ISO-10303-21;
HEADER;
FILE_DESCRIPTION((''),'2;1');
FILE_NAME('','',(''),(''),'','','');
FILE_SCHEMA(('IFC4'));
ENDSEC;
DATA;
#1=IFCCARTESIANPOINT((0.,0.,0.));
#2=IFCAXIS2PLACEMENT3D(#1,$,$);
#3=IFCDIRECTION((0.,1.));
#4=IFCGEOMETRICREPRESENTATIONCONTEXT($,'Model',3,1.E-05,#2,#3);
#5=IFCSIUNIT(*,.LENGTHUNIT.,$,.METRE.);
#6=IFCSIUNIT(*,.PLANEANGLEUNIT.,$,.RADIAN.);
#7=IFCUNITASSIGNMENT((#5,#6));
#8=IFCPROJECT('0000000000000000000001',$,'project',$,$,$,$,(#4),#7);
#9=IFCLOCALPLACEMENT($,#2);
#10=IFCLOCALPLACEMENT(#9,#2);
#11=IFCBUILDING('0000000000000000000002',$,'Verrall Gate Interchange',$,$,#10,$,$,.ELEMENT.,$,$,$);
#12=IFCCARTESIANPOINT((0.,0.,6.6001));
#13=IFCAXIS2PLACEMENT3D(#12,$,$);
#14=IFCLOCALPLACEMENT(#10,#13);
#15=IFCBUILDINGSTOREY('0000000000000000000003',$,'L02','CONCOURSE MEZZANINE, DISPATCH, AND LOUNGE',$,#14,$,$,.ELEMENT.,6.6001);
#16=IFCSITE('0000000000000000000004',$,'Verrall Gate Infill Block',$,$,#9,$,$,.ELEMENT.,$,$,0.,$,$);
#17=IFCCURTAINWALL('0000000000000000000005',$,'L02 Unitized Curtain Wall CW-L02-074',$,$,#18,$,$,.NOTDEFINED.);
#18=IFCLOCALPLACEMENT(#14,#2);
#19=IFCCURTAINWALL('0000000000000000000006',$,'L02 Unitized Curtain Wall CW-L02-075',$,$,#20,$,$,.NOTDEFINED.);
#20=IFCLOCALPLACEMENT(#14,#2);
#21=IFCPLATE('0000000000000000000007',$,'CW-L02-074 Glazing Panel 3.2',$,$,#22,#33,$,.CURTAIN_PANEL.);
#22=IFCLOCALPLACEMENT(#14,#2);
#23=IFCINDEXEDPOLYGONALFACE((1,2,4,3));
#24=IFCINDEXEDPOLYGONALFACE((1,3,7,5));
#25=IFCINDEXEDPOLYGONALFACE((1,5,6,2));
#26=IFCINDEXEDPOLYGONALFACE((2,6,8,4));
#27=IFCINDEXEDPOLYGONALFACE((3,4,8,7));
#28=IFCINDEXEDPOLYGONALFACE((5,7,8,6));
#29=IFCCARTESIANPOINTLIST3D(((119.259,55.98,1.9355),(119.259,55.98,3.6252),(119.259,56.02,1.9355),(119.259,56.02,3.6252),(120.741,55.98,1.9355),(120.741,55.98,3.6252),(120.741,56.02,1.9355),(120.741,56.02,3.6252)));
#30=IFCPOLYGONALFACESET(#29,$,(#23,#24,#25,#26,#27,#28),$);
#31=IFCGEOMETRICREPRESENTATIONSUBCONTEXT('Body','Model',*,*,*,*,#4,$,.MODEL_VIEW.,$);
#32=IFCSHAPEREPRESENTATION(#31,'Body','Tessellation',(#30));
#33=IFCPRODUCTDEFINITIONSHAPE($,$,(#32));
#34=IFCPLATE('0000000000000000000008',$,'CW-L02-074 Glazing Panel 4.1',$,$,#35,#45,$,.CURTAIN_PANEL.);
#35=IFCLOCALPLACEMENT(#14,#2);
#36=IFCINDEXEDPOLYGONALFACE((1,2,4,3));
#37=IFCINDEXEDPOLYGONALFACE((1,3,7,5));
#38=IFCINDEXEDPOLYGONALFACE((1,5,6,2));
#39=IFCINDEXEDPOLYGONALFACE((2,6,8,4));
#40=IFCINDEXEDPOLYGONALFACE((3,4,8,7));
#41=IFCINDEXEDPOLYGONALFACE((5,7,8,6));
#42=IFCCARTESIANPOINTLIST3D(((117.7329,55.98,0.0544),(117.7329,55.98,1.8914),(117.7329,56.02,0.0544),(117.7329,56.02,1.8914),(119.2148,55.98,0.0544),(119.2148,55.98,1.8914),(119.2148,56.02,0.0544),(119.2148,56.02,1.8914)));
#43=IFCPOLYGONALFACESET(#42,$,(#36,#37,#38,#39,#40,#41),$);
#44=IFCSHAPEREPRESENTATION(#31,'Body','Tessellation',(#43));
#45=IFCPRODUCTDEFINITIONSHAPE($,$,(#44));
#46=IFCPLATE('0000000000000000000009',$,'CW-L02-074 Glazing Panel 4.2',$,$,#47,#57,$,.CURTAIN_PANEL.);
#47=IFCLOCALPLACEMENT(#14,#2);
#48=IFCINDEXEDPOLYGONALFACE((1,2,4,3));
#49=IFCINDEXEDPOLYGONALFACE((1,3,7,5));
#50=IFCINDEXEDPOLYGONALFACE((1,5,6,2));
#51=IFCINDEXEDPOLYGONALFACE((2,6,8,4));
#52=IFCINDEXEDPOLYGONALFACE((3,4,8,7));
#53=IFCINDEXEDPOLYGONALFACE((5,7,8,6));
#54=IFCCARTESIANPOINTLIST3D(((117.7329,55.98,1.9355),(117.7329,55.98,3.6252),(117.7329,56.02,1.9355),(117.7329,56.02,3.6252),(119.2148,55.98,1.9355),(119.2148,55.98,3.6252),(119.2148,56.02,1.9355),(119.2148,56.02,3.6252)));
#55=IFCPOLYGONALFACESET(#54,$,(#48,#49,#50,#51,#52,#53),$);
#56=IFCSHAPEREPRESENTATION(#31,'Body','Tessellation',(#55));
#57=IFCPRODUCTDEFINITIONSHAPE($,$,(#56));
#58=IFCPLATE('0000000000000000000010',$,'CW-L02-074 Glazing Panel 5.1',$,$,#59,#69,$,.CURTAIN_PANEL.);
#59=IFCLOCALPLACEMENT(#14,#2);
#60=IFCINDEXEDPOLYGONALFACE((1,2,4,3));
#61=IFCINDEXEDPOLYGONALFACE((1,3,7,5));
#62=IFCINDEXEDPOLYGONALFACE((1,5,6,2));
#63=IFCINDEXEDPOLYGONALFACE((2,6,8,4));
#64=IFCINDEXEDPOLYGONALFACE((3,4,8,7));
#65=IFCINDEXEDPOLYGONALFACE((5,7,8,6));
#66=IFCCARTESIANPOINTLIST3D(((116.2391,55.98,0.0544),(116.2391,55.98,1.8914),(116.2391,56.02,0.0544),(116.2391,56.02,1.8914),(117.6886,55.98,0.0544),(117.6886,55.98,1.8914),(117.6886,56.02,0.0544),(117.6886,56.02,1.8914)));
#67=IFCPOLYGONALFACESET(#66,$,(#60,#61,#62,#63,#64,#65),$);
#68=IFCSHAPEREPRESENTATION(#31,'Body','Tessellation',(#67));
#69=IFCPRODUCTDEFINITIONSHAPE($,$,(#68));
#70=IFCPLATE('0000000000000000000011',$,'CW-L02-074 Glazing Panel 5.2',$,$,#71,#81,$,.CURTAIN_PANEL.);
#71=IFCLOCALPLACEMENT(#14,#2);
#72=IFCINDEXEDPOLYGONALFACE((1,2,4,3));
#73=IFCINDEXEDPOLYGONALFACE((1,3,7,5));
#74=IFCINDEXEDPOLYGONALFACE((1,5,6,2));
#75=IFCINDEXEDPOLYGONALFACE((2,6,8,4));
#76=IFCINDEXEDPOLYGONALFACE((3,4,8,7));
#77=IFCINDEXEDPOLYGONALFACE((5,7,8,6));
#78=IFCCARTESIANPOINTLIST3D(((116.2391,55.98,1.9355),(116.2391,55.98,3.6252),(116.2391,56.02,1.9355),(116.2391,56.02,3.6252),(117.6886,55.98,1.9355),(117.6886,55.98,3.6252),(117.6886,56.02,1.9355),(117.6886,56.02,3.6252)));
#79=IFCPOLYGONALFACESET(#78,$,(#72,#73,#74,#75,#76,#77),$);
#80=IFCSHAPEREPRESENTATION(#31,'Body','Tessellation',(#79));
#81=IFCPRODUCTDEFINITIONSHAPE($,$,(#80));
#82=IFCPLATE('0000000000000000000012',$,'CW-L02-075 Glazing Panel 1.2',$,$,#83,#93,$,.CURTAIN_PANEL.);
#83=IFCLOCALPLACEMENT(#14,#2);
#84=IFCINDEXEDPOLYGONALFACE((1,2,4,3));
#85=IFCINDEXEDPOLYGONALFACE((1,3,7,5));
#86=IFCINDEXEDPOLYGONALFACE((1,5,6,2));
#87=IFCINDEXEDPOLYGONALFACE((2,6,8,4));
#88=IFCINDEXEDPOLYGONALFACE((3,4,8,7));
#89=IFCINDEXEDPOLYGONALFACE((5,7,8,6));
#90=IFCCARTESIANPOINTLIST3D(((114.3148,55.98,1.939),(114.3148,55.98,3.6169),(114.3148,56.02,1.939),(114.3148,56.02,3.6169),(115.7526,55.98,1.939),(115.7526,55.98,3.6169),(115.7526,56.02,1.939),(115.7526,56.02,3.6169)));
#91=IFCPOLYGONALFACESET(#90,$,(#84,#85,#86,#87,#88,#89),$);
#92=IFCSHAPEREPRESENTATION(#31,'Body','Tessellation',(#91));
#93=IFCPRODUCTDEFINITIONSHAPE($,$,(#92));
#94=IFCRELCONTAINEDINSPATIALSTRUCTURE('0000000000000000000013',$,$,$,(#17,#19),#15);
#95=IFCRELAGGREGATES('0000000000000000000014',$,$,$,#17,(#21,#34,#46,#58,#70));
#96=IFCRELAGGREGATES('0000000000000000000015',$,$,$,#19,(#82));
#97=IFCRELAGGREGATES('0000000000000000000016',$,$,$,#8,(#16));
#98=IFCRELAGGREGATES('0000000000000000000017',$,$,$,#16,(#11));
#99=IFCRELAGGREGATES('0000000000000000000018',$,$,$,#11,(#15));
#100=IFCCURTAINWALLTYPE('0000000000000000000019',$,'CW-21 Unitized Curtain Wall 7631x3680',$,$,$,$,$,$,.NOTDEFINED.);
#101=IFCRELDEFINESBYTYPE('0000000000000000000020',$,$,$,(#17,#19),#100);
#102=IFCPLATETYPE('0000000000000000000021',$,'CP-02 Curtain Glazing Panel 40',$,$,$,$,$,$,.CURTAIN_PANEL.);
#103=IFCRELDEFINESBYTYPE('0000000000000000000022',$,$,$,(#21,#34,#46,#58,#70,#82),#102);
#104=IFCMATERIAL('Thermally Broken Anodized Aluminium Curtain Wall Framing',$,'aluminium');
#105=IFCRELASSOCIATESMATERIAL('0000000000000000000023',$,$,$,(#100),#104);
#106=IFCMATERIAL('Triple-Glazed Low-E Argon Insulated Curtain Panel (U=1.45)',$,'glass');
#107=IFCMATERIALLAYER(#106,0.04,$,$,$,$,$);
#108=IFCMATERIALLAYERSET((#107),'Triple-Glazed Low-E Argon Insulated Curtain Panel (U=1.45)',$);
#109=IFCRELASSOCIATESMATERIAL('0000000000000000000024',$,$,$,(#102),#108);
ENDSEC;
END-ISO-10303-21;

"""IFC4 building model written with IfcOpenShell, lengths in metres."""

from ifc_helpers import new_model, si_unit, direction, frame, origin, origin_2d, place, context, subcontext, project, spatial, rectangle, extrude, material, layer, layer_set, type_object, element, aggregate, save


model = new_model("IFC4")

# Units and contexts
model_context = context("Model", 3, precision=1e-05, world=origin(), true_north=direction((0.0, 1.0)))
body_context = subcontext(model_context, "Body", "Model", "MODEL_VIEW")
ifc_project = project(units=[si_unit("LENGTHUNIT", "METRE"), si_unit("PLANEANGLEUNIT", "RADIAN")], contexts=[model_context])

# Site, building, storey
site_placement = place(None, origin())
site = spatial("IfcSite", under=ifc_project, at=site_placement, Name="Verrall Gate Infill Block", CompositionType="ELEMENT", RefElevation=0.0)
building_placement = place(site_placement, origin())
building = spatial("IfcBuilding", under=site, at=building_placement, Name="Verrall Gate Interchange", CompositionType="ELEMENT")
storey_placement = place(building_placement, frame((0.0, 0.0, 6.6001)))
storey = spatial("IfcBuildingStorey", under=building, at=storey_placement, Name="L02", Description="CONCOURSE MEZZANINE, DISPATCH, AND LOUNGE", CompositionType="ELEMENT", Elevation=6.6001)

# Curtain wall
ifc_material_1 = material(Name="Thermally Broken Anodized Aluminium Curtain Wall Framing", Category="aluminium")
curtain_wall_type = type_object("IfcCurtainWallType", Name="CW-21 Unitized Curtain Wall 7631x3680", PredefinedType="NOTDEFINED", material=ifc_material_1)
curtain_wall_1_placement = place(storey_placement, origin())
curtain_wall_1 = element("IfcCurtainWall", 1, at=curtain_wall_1_placement, inside=storey, type_object=curtain_wall_type, Name="L02 Unitized Curtain Wall CW-L02-074", PredefinedType="NOTDEFINED")

# Curtain wall
curtain_wall_2_placement = place(storey_placement, origin())
curtain_wall_2 = element("IfcCurtainWall", 2, at=curtain_wall_2_placement, inside=storey, type_object=curtain_wall_type, Name="L02 Unitized Curtain Wall CW-L02-075", PredefinedType="NOTDEFINED")

# Plates
ifc_material_2 = material(Name="Triple-Glazed Low-E Argon Insulated Curtain Panel (U=1.45)", Category="glass")
ifc_layer_1 = layer(ifc_material_2, 0.04)
ifc_layer_set_1 = layer_set([ifc_layer_1], Name="Triple-Glazed Low-E Argon Insulated Curtain Panel (U=1.45)")
plate_type_1 = type_object("IfcPlateType", Name="CP-02 Curtain Glazing Panel 40", PredefinedType="CURTAIN_PANEL", material=ifc_layer_set_1)
plate_1_placement = place(storey_placement, frame((120.0, 56.0, 1.9355), z_axis=(0.0, 0.0, 1.0), x_axis=(-1.0, 0.0, 0.0)))
plate_1 = element("IfcPlate", 3, at=plate_1_placement, type_object=plate_type_1, Name="CW-L02-074 Glazing Panel 3.2", PredefinedType="CURTAIN_PANEL", context=body_context, shape_type="SweptSolid", body=[
    extrude(rectangle(XDim=1.4819, YDim=0.04, at=origin_2d()), origin(), (0.0, 0.0, 1.0), 1.6897),
])
plate_2_placement = place(storey_placement, frame((118.4739, 56.0, 0.0544), z_axis=(0.0, 0.0, 1.0), x_axis=(-1.0, 0.0, 0.0)))
plate_2 = element("IfcPlate", 4, at=plate_2_placement, type_object=plate_type_1, Name="CW-L02-074 Glazing Panel 4.1", PredefinedType="CURTAIN_PANEL", context=body_context, shape_type="SweptSolid", body=[
    extrude(rectangle(XDim=1.4819, YDim=0.04, at=origin_2d()), origin(), (0.0, 0.0, 1.0), 1.8369),
])
plate_3_placement = place(storey_placement, frame((118.4739, 56.0, 1.9355), z_axis=(0.0, 0.0, 1.0), x_axis=(-1.0, 0.0, 0.0)))
plate_3 = element("IfcPlate", 5, at=plate_3_placement, type_object=plate_type_1, Name="CW-L02-074 Glazing Panel 4.2", PredefinedType="CURTAIN_PANEL", context=body_context, shape_type="SweptSolid", body=[
    extrude(rectangle(XDim=1.4819, YDim=0.04, at=origin_2d()), origin(), (0.0, 0.0, 1.0), 1.6897),
])
plate_4_placement = place(storey_placement, frame((116.9639, 56.0, 0.0544), z_axis=(0.0, 0.0, 1.0), x_axis=(-1.0, 0.0, 0.0)))
plate_4 = element("IfcPlate", 6, at=plate_4_placement, type_object=plate_type_1, Name="CW-L02-074 Glazing Panel 5.1", PredefinedType="CURTAIN_PANEL", context=body_context, shape_type="SweptSolid", body=[
    extrude(rectangle(XDim=1.4495, YDim=0.04, at=origin_2d()), origin(), (0.0, 0.0, 1.0), 1.8369),
])
plate_5_placement = place(storey_placement, frame((116.9639, 56.0, 1.9355), z_axis=(0.0, 0.0, 1.0), x_axis=(-1.0, 0.0, 0.0)))
plate_5 = element("IfcPlate", 7, at=plate_5_placement, type_object=plate_type_1, Name="CW-L02-074 Glazing Panel 5.2", PredefinedType="CURTAIN_PANEL", context=body_context, shape_type="SweptSolid", body=[
    extrude(rectangle(XDim=1.4495, YDim=0.04, at=origin_2d()), origin(), (0.0, 0.0, 1.0), 1.6897),
])
aggregate(curtain_wall_1, [plate_1, plate_2, plate_3, plate_4, plate_5])
plate_6_placement = place(storey_placement, frame((115.0337, 56.0, 1.939), z_axis=(0.0, 0.0, 1.0), x_axis=(-1.0, 0.0, 0.0)))
plate_6 = element("IfcPlate", 8, at=plate_6_placement, type_object=plate_type_1, Name="CW-L02-075 Glazing Panel 1.2", PredefinedType="CURTAIN_PANEL", context=body_context, shape_type="SweptSolid", body=[
    extrude(rectangle(XDim=1.4377, YDim=0.04, at=origin_2d()), origin(), (0.0, 0.0, 1.0), 1.678),
])
aggregate(curtain_wall_2, [plate_6])

save(model, "model.ifc")
